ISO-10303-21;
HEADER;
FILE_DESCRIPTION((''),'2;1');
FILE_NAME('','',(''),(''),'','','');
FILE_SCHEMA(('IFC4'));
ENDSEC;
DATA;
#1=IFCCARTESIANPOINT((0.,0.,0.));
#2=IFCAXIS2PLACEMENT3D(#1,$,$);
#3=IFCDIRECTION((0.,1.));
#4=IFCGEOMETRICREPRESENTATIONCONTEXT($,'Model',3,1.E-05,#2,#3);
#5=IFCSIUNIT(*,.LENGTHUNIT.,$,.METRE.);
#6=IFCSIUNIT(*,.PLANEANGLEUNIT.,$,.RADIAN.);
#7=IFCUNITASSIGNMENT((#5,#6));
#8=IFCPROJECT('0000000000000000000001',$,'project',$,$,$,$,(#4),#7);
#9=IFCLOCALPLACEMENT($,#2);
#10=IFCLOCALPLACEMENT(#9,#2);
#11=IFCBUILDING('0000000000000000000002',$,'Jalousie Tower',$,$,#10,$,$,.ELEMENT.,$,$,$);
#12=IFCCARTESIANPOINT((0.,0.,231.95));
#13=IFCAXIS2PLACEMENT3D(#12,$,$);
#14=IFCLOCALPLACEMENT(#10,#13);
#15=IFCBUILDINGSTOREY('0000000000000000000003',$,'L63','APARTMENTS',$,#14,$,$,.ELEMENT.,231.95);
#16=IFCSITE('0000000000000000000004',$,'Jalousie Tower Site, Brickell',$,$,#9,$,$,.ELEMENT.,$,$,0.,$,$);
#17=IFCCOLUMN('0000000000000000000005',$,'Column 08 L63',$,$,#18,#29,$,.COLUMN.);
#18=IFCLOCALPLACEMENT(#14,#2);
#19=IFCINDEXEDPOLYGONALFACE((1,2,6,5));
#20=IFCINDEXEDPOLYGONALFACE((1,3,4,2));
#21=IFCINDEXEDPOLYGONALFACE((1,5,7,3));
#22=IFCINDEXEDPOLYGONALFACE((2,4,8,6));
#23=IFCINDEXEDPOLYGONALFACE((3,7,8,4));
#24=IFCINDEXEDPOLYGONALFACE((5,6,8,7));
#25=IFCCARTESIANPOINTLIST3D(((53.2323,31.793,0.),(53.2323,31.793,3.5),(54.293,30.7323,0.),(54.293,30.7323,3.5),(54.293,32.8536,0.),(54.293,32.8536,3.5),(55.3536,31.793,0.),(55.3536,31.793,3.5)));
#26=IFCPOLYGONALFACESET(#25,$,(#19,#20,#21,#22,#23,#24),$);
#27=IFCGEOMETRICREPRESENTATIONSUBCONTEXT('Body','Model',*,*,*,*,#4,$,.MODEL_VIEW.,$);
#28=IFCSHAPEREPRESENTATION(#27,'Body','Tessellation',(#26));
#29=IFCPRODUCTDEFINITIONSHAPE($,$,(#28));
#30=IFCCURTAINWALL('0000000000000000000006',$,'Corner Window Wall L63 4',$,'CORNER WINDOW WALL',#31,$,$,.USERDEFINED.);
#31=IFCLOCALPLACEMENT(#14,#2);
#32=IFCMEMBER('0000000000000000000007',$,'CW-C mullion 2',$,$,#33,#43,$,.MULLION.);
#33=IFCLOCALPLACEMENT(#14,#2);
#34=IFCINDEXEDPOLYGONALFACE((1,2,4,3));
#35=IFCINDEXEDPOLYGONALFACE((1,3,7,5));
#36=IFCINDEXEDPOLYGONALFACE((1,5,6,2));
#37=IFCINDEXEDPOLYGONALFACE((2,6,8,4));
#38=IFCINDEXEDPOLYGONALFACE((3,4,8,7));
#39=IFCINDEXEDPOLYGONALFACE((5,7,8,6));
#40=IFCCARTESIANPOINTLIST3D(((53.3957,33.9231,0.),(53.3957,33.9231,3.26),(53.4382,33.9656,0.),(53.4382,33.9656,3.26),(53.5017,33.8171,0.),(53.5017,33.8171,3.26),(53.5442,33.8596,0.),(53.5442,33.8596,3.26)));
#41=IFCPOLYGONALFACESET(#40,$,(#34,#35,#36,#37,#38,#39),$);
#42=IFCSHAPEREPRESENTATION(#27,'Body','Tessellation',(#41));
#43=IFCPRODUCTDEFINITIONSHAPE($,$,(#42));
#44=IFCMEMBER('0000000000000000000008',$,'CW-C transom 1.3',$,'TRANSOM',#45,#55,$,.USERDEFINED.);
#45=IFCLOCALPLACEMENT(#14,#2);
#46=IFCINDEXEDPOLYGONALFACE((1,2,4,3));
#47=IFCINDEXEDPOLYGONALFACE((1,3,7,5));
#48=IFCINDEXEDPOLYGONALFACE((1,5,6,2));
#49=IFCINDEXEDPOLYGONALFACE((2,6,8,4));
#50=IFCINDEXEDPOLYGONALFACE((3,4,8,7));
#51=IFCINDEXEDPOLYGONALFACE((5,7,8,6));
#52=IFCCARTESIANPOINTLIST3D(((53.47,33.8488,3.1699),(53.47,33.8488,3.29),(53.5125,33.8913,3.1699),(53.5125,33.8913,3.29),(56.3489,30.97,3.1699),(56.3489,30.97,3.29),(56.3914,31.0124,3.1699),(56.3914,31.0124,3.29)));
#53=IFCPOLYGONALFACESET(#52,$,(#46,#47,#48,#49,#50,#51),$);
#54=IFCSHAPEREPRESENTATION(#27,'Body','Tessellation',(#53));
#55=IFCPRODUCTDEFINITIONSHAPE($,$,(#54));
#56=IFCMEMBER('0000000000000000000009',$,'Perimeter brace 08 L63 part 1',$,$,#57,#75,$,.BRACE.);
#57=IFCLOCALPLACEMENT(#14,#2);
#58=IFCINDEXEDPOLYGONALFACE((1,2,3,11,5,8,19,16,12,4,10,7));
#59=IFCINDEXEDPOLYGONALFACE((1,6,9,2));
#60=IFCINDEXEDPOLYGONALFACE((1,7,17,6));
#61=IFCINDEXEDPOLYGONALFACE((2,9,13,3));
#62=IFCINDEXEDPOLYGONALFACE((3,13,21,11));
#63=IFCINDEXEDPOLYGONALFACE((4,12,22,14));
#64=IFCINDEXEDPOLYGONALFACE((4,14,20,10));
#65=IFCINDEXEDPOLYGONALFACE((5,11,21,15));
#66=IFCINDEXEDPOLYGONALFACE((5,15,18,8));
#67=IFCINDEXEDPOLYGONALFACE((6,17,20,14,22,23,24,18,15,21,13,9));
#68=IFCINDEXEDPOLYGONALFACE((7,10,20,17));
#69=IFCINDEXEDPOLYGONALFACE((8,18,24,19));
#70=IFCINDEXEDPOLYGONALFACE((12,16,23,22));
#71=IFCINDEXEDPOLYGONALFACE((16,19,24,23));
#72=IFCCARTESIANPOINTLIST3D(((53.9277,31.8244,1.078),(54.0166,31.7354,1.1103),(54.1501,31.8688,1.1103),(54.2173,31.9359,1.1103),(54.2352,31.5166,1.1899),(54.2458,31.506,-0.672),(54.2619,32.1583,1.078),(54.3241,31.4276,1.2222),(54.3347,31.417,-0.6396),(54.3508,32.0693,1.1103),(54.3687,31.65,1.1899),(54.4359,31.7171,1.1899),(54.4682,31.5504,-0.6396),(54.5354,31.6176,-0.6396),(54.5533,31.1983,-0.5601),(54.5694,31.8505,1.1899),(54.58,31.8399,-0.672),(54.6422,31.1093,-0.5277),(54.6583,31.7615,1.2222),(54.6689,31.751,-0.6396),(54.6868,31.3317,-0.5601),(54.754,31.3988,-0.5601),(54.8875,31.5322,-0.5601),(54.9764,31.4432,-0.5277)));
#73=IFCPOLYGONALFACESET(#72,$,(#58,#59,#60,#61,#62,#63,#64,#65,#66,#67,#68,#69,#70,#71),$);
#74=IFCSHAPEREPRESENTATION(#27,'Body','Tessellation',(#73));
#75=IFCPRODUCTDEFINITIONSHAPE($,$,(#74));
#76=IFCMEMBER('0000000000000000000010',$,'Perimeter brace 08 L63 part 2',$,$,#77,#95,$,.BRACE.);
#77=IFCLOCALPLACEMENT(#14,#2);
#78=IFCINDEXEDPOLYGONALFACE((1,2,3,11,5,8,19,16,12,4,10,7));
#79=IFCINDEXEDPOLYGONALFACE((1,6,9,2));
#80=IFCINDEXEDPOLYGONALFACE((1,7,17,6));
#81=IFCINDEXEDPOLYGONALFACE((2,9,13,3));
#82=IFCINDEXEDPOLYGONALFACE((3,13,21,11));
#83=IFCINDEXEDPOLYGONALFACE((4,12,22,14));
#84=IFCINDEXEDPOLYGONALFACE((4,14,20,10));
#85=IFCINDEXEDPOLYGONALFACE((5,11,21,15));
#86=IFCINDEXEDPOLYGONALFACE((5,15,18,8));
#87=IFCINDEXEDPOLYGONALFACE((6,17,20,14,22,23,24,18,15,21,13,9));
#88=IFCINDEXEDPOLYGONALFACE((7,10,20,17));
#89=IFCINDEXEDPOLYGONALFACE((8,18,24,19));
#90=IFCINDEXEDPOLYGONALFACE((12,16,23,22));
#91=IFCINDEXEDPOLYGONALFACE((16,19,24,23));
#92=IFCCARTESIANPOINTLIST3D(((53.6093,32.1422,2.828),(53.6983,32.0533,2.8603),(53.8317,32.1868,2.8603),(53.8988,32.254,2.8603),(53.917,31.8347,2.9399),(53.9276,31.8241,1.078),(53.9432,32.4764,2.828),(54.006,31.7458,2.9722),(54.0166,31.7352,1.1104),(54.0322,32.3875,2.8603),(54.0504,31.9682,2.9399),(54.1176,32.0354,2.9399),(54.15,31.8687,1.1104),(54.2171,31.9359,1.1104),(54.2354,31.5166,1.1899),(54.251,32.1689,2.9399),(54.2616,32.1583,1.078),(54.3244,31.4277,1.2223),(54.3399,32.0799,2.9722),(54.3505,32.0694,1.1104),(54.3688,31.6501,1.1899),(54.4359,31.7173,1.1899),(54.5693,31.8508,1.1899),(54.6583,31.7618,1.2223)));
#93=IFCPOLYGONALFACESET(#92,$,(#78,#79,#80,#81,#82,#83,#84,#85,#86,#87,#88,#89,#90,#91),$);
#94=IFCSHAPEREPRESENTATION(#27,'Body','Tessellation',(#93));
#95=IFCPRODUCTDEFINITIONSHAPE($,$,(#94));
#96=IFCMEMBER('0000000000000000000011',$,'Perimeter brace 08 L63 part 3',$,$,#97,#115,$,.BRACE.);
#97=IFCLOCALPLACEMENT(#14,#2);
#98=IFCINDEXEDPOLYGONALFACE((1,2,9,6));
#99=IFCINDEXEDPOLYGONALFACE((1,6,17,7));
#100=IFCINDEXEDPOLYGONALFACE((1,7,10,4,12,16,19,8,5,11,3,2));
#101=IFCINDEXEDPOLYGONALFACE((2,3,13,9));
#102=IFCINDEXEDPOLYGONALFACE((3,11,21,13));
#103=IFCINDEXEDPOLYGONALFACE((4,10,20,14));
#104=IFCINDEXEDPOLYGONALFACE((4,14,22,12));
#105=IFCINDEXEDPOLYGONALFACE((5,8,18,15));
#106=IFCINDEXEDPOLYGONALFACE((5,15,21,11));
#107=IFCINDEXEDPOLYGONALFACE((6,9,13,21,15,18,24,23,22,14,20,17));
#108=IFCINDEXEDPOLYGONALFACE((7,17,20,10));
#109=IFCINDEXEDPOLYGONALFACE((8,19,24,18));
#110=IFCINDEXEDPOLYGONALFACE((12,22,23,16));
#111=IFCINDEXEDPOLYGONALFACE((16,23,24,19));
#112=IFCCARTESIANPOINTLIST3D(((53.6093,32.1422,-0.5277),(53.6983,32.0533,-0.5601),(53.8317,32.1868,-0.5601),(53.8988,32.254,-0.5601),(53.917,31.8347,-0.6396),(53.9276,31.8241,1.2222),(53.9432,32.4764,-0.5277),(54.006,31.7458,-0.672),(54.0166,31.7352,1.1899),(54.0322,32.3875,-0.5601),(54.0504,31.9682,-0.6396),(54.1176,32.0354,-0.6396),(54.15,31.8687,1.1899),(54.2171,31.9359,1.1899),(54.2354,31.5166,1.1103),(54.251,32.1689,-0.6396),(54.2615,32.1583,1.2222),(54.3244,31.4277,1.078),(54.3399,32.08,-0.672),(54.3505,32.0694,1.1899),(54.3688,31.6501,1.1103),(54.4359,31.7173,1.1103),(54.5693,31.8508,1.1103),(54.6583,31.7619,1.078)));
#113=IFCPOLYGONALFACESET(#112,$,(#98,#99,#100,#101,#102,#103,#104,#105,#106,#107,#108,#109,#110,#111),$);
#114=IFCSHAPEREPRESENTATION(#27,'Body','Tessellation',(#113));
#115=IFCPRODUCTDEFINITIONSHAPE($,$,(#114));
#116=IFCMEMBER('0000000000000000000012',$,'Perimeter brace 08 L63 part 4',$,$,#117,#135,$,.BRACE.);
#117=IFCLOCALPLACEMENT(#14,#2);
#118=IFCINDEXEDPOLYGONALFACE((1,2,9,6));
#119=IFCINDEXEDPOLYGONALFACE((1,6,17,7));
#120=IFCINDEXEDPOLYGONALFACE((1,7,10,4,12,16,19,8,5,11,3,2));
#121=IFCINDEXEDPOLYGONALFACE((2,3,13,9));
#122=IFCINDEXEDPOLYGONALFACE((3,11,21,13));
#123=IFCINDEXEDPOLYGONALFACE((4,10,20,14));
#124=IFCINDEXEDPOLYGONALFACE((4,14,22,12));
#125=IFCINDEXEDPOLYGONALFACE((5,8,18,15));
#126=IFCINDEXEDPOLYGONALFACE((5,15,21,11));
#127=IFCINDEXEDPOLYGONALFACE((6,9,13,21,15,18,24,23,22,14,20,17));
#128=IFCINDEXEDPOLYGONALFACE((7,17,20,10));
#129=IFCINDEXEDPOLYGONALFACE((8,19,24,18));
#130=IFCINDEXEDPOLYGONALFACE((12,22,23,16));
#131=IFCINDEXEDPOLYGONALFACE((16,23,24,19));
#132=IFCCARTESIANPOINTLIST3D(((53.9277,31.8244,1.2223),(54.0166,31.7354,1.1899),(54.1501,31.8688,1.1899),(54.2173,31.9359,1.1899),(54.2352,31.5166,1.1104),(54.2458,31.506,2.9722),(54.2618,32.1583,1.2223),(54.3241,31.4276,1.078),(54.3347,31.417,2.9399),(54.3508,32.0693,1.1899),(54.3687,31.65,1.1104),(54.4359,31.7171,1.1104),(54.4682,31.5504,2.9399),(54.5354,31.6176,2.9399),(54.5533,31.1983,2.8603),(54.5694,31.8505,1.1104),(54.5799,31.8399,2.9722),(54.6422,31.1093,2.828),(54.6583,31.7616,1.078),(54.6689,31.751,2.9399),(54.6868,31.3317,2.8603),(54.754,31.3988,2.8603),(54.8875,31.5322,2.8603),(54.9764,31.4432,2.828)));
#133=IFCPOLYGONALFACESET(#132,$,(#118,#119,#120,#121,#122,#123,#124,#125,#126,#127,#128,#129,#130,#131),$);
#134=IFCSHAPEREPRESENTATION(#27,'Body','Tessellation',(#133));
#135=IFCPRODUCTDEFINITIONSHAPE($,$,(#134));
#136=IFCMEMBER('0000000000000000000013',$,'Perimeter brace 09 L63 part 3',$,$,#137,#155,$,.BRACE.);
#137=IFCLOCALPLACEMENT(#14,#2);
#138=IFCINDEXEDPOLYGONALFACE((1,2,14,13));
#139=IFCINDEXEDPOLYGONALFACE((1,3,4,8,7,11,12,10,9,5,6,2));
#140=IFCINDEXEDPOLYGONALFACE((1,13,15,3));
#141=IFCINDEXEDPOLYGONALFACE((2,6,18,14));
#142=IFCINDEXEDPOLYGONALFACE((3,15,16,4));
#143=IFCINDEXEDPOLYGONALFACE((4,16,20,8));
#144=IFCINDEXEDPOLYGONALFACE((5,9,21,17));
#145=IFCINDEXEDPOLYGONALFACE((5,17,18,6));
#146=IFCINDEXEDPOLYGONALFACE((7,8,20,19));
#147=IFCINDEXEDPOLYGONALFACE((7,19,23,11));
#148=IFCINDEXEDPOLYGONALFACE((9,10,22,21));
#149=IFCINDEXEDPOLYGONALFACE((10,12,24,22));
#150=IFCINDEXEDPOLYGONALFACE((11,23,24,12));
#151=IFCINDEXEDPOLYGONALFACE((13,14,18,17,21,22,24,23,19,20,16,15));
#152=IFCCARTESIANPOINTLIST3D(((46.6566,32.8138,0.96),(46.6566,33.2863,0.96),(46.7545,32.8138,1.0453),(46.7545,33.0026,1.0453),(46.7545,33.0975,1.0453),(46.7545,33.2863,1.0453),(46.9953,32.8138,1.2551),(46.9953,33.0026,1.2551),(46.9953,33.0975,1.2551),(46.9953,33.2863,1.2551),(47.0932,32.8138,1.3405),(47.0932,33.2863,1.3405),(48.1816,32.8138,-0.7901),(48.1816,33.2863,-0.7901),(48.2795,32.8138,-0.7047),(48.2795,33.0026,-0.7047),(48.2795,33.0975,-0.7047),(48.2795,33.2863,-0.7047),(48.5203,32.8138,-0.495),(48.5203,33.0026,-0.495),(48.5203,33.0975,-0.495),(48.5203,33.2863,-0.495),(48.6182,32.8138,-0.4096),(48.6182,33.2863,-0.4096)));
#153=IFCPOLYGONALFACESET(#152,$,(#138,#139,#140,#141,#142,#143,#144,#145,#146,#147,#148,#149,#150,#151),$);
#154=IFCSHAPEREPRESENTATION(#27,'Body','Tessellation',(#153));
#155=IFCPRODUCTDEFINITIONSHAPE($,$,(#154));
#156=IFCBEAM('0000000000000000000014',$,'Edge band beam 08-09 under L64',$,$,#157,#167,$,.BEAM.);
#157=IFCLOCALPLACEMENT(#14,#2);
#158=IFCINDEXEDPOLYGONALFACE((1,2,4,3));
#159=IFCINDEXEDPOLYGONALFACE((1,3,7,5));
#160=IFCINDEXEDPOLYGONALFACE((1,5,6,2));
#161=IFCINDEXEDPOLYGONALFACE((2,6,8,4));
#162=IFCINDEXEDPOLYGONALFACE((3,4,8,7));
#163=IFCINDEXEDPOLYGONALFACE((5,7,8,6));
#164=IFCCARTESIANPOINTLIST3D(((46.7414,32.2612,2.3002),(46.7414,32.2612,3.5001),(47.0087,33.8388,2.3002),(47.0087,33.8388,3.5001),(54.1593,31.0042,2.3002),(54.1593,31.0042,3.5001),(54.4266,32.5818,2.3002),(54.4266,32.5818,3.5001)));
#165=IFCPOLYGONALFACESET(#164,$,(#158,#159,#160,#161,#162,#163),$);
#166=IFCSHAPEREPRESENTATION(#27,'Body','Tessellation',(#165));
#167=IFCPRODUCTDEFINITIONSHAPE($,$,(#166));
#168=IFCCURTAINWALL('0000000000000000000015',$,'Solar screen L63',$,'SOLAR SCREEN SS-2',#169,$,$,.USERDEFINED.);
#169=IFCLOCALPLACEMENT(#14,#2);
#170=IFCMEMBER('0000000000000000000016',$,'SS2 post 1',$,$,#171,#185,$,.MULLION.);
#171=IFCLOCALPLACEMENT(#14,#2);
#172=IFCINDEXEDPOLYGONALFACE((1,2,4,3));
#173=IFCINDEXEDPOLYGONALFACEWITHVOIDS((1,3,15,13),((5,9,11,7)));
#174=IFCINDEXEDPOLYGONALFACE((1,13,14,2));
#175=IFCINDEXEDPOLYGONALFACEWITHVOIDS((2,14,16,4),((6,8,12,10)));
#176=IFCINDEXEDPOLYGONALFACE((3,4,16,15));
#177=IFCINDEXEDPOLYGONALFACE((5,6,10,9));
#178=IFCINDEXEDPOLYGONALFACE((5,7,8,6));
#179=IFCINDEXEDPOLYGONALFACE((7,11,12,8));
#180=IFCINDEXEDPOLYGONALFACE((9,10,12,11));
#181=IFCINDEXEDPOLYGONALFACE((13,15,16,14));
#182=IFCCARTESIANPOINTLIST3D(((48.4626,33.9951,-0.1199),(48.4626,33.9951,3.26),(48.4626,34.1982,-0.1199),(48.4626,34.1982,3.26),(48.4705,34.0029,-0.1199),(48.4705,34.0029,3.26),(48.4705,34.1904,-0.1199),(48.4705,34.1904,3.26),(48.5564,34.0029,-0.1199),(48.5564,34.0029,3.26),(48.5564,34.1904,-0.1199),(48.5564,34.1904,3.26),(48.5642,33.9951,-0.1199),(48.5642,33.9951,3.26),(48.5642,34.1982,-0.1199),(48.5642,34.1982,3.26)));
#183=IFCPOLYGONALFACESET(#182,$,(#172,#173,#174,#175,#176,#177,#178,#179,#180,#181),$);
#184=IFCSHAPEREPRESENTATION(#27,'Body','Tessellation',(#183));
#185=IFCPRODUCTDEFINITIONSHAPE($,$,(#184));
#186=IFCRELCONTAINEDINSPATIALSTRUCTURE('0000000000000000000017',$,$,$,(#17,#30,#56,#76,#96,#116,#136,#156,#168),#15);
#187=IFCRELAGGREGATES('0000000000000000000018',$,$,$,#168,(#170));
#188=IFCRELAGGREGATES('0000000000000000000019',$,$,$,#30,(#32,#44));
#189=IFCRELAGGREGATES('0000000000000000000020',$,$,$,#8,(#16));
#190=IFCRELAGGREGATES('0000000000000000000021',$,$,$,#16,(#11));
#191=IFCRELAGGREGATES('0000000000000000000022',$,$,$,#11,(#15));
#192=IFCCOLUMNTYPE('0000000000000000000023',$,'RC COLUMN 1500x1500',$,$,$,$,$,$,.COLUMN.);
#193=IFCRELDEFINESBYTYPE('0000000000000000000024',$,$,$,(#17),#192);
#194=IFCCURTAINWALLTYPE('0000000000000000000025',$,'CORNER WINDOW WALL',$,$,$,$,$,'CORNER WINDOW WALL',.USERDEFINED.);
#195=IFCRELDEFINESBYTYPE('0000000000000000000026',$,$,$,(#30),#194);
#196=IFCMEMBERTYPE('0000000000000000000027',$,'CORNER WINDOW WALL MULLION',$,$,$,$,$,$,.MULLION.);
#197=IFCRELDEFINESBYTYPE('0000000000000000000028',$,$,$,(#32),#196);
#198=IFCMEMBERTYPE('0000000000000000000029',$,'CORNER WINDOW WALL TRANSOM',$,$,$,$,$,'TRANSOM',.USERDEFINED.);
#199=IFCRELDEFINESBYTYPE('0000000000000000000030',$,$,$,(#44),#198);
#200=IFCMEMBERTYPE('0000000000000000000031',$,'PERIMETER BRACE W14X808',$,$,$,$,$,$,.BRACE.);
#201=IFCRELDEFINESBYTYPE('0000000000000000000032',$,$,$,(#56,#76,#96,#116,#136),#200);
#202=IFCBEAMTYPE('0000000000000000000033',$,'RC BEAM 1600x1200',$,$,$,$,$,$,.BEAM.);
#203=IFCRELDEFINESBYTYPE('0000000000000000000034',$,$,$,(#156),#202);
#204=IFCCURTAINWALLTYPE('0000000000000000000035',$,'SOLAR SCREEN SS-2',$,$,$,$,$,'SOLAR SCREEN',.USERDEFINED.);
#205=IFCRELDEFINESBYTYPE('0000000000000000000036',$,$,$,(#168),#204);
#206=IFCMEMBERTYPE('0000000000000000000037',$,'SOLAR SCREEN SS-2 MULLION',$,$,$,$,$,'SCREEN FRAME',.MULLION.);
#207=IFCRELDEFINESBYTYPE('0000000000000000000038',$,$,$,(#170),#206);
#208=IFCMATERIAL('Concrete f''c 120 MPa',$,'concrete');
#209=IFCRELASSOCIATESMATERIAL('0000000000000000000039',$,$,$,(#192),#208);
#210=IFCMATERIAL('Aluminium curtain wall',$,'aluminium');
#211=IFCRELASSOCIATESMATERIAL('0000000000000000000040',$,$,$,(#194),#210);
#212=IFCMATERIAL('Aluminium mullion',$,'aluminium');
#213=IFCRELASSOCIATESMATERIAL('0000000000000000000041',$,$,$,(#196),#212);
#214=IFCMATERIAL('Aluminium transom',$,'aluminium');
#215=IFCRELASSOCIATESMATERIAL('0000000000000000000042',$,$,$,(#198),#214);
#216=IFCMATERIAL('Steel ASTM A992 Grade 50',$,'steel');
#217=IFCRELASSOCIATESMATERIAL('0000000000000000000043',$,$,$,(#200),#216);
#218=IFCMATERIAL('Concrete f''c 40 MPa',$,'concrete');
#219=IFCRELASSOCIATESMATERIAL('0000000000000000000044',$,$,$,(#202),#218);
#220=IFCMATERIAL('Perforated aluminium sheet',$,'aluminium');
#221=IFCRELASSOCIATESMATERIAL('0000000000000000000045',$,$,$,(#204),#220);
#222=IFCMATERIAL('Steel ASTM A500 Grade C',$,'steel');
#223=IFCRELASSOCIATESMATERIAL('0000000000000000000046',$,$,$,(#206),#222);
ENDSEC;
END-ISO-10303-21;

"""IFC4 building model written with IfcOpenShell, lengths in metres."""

from ifc_helpers import new_model, si_unit, direction, frame, origin, origin_2d, place, context, subcontext, project, spatial, rectangle, hollow_rectangle, i_section, extrude, material, material_profile, profile_set, type_object, element, aggregate, save


model = new_model("IFC4")

# Units and contexts
model_context = context("Model", 3, precision=1e-05, world=origin(), true_north=direction((0.0, 1.0)))
body_context = subcontext(model_context, "Body", "Model", "MODEL_VIEW")
ifc_project = project(units=[si_unit("LENGTHUNIT", "METRE"), si_unit("PLANEANGLEUNIT", "RADIAN")], contexts=[model_context])

# Site, building, storey
site_placement = place(None, origin())
site = spatial("IfcSite", under=ifc_project, at=site_placement, Name="Jalousie Tower Site, Brickell", CompositionType="ELEMENT", RefElevation=0.0)
building_placement = place(site_placement, origin())
building = spatial("IfcBuilding", under=site, at=building_placement, Name="Jalousie Tower", CompositionType="ELEMENT")
storey_placement = place(building_placement, frame((0.0, 0.0, 231.95)))
storey = spatial("IfcBuildingStorey", under=building, at=storey_placement, Name="L63", Description="APARTMENTS", CompositionType="ELEMENT", Elevation=231.95)

# Column
ifc_material_1 = material(Name="Concrete f'c 120 MPa", Category="concrete")
ifc_material_profile_1 = material_profile(ifc_material_1, rectangle(XDim=1.5, YDim=1.5, at=origin_2d()), Name="RC 1500x1500")
ifc_profile_set_1 = profile_set([ifc_material_profile_1], Name="Concrete f'c 120 MPa")
column_type = type_object("IfcColumnType", Name="RC COLUMN 1500x1500", PredefinedType="COLUMN", material=ifc_profile_set_1)
column_placement = place(storey_placement, frame((54.293, 31.793, 0.0), z_axis=(0.0, 0.0, 1.0), x_axis=(0.707107, 0.707107, 0.0)))
element("IfcColumn", 1, at=column_placement, inside=storey, type_object=column_type, Name="Column 08 L63", PredefinedType="COLUMN", context=body_context, shape_type="SweptSolid", body=[
    extrude(rectangle(XDim=1.5, YDim=1.5, at=origin_2d()), origin(), (0.0, 0.0, 1.0), 3.5),
])

# Curtain wall, members
ifc_material_2 = material(Name="Aluminium curtain wall", Category="aluminium")
curtain_wall_type_1 = type_object("IfcCurtainWallType", Name="CORNER WINDOW WALL", ElementType="CORNER WINDOW WALL", PredefinedType="USERDEFINED", material=ifc_material_2)
curtain_wall_1_placement = place(storey_placement, origin())
curtain_wall_1 = element("IfcCurtainWall", 2, at=curtain_wall_1_placement, inside=storey, type_object=curtain_wall_type_1, Name="Corner Window Wall L63 4", ObjectType="CORNER WINDOW WALL", PredefinedType="USERDEFINED")
ifc_material_3 = material(Name="Aluminium mullion", Category="aluminium")
ifc_material_profile_2 = material_profile(ifc_material_3, rectangle(XDim=0.0601, YDim=0.1499, at=origin_2d()), Name="MULLION 60x150")
ifc_profile_set_2 = profile_set([ifc_material_profile_2], Name="Aluminium mullion")
member_type_1 = type_object("IfcMemberType", Name="CORNER WINDOW WALL MULLION", PredefinedType="MULLION", material=ifc_profile_set_2)
member_1_placement = place(storey_placement, frame((53.47, 33.8914, 0.0), z_axis=(0.0, 0.0, 1.0), x_axis=(-0.707107, -0.707107, 0.0)))
member_1 = element("IfcMember", 3, at=member_1_placement, type_object=member_type_1, Name="CW-C mullion 2", PredefinedType="MULLION", context=body_context, shape_type="SweptSolid", body=[
    extrude(rectangle(XDim=0.0601, YDim=0.1499, at=origin_2d()), origin(), (0.0, 0.0, 1.0), 3.26),
])
ifc_material_4 = material(Name="Aluminium transom", Category="aluminium")
ifc_material_profile_3 = material_profile(ifc_material_4, rectangle(XDim=0.0601, YDim=0.1201, at=origin_2d()), Name="TRANSOM 60x120")
ifc_profile_set_3 = profile_set([ifc_material_profile_3], Name="Aluminium transom")
member_type_2 = type_object("IfcMemberType", Name="CORNER WINDOW WALL TRANSOM", ElementType="TRANSOM", PredefinedType="USERDEFINED", material=ifc_profile_set_3)
member_2_placement = place(storey_placement, frame((56.3701, 30.9912, 3.23), z_axis=(-0.707107, 0.707107, 0.0), x_axis=(-0.707107, -0.707107, 0.0)))
member_2 = element("IfcMember", 4, at=member_2_placement, type_object=member_type_2, Name="CW-C transom 1.3", ObjectType="TRANSOM", PredefinedType="USERDEFINED", context=body_context, shape_type="SweptSolid", body=[
    extrude(rectangle(XDim=0.0601, YDim=0.1201, at=origin_2d()), origin(), (0.0, 0.0, 1.0), 4.0713),
])

# Members
ifc_material_5 = material(Name="Steel ASTM A992 Grade 50", Category="steel")
ifc_material_profile_4 = material_profile(ifc_material_5, i_section(OverallWidth=0.4724, OverallDepth=0.5791, WebThickness=0.095, FlangeThickness=0.1299, at=origin_2d()), Name="W14X808")
ifc_profile_set_4 = profile_set([ifc_material_profile_4], Name="Steel ASTM A992 Grade 50")
member_type_3 = type_object("IfcMemberType", Name="PERIMETER BRACE W14X808", PredefinedType="BRACE", material=ifc_profile_set_4)
for number, where, z_axis, x_axis, name in (
    (5, (54.6111, 31.4746, -0.5999), (-0.176051, 0.176187, 0.968486), (-0.707378, -0.706835, 0.0), "Perimeter brace 08 L63 part 1"),
    (6, (54.293, 31.793, 1.1501), (-0.176187, 0.176051, 0.968486), (-0.706835, -0.707378, 0.0), "Perimeter brace 08 L63 part 2"),
    (7, (53.9746, 32.1111, -0.5999), (0.176187, -0.176051, 0.968486), (0.706835, 0.707378, 0.0), "Perimeter brace 08 L63 part 3"),
    (8, (54.293, 31.793, 1.1501), (0.176051, -0.176187, 0.968486), (0.707378, 0.706835, 0.0), "Perimeter brace 08 L63 part 4"),
):
    element("IfcMember", number, at=place(storey_placement, frame(where, z_axis=z_axis, x_axis=x_axis)), inside=storey, type_object=member_type_3, Name=name, PredefinedType="BRACE", context=body_context, shape_type="SweptSolid", body=[
        extrude(i_section(OverallWidth=0.4724, OverallDepth=0.5791, WebThickness=0.095, FlangeThickness=0.1299, at=origin_2d()), origin(), (0.0, 0.0, 1.0), 1.8069),
    ])
member_3_placement = place(storey_placement, frame((48.3999, 33.05, -0.5999), z_axis=(-0.656954, 0.0, 0.75393), x_axis=(0.0, -1.0, 0.0)))
element("IfcMember", 9, at=member_3_placement, inside=storey, type_object=member_type_3, Name="Perimeter brace 09 L63 part 3", PredefinedType="BRACE", context=body_context, shape_type="SweptSolid", body=[
    extrude(i_section(OverallWidth=0.4724, OverallDepth=0.5791, WebThickness=0.095, FlangeThickness=0.1299, at=origin_2d()), origin(), (0.0, 0.0, 1.0), 2.3213),
])

# Beam
ifc_material_6 = material(Name="Concrete f'c 40 MPa", Category="concrete")
ifc_material_profile_5 = material_profile(ifc_material_6, rectangle(XDim=1.6001, YDim=1.2, at=origin_2d()), Name="RC 1600x1200")
ifc_profile_set_5 = profile_set([ifc_material_profile_5], Name="Concrete f'c 40 MPa")
beam_type = type_object("IfcBeamType", Name="RC BEAM 1600x1200", PredefinedType="BEAM", material=ifc_profile_set_5)
beam_placement = place(storey_placement, frame((54.293, 31.793, 2.9001), z_axis=(-0.985943, 0.167082, 0.0), x_axis=(-0.167082, -0.985943, 0.0)))
element("IfcBeam", 10, at=beam_placement, inside=storey, type_object=beam_type, Name="Edge band beam 08-09 under L64", PredefinedType="BEAM", context=body_context, shape_type="SweptSolid", body=[
    extrude(rectangle(XDim=1.6001, YDim=1.2, at=origin_2d()), origin(), (0.0, 0.0, 1.0), 7.5237),
])

# Curtain wall, member
ifc_material_7 = material(Name="Perforated aluminium sheet", Category="aluminium")
curtain_wall_type_2 = type_object("IfcCurtainWallType", Name="SOLAR SCREEN SS-2", ElementType="SOLAR SCREEN", PredefinedType="USERDEFINED", material=ifc_material_7)
curtain_wall_2_placement = place(storey_placement, origin())
curtain_wall_2 = element("IfcCurtainWall", 11, at=curtain_wall_2_placement, inside=storey, type_object=curtain_wall_type_2, Name="Solar screen L63", ObjectType="SOLAR SCREEN SS-2", PredefinedType="USERDEFINED")
ifc_material_8 = material(Name="Steel ASTM A500 Grade C", Category="steel")
ifc_material_profile_6 = material_profile(ifc_material_8, hollow_rectangle(XDim=0.1016, YDim=0.2031, WallThickness=0.0078, at=origin_2d()), Name="HSS8X4X5/16")
ifc_profile_set_6 = profile_set([ifc_material_profile_6], Name="Steel ASTM A500 Grade C")
member_type_4 = type_object("IfcMemberType", Name="SOLAR SCREEN SS-2 MULLION", ElementType="SCREEN FRAME", PredefinedType="MULLION", material=ifc_profile_set_6)
member_4_placement = place(storey_placement, frame((48.5134, 34.0967, -0.1199), z_axis=(0.0, 0.0, 1.0), x_axis=(-1.0, 0.0, 0.0)))
member_4 = element("IfcMember", 12, at=member_4_placement, type_object=member_type_4, Name="SS2 post 1", PredefinedType="MULLION", context=body_context, shape_type="SweptSolid", body=[
    extrude(hollow_rectangle(XDim=0.1016, YDim=0.2031, WallThickness=0.0078, at=origin_2d()), origin(), (0.0, 0.0, 1.0), 3.3799),
])
aggregate(curtain_wall_2, [member_4])

aggregate(curtain_wall_1, [member_1, member_2])

save(model, "model.ifc")
